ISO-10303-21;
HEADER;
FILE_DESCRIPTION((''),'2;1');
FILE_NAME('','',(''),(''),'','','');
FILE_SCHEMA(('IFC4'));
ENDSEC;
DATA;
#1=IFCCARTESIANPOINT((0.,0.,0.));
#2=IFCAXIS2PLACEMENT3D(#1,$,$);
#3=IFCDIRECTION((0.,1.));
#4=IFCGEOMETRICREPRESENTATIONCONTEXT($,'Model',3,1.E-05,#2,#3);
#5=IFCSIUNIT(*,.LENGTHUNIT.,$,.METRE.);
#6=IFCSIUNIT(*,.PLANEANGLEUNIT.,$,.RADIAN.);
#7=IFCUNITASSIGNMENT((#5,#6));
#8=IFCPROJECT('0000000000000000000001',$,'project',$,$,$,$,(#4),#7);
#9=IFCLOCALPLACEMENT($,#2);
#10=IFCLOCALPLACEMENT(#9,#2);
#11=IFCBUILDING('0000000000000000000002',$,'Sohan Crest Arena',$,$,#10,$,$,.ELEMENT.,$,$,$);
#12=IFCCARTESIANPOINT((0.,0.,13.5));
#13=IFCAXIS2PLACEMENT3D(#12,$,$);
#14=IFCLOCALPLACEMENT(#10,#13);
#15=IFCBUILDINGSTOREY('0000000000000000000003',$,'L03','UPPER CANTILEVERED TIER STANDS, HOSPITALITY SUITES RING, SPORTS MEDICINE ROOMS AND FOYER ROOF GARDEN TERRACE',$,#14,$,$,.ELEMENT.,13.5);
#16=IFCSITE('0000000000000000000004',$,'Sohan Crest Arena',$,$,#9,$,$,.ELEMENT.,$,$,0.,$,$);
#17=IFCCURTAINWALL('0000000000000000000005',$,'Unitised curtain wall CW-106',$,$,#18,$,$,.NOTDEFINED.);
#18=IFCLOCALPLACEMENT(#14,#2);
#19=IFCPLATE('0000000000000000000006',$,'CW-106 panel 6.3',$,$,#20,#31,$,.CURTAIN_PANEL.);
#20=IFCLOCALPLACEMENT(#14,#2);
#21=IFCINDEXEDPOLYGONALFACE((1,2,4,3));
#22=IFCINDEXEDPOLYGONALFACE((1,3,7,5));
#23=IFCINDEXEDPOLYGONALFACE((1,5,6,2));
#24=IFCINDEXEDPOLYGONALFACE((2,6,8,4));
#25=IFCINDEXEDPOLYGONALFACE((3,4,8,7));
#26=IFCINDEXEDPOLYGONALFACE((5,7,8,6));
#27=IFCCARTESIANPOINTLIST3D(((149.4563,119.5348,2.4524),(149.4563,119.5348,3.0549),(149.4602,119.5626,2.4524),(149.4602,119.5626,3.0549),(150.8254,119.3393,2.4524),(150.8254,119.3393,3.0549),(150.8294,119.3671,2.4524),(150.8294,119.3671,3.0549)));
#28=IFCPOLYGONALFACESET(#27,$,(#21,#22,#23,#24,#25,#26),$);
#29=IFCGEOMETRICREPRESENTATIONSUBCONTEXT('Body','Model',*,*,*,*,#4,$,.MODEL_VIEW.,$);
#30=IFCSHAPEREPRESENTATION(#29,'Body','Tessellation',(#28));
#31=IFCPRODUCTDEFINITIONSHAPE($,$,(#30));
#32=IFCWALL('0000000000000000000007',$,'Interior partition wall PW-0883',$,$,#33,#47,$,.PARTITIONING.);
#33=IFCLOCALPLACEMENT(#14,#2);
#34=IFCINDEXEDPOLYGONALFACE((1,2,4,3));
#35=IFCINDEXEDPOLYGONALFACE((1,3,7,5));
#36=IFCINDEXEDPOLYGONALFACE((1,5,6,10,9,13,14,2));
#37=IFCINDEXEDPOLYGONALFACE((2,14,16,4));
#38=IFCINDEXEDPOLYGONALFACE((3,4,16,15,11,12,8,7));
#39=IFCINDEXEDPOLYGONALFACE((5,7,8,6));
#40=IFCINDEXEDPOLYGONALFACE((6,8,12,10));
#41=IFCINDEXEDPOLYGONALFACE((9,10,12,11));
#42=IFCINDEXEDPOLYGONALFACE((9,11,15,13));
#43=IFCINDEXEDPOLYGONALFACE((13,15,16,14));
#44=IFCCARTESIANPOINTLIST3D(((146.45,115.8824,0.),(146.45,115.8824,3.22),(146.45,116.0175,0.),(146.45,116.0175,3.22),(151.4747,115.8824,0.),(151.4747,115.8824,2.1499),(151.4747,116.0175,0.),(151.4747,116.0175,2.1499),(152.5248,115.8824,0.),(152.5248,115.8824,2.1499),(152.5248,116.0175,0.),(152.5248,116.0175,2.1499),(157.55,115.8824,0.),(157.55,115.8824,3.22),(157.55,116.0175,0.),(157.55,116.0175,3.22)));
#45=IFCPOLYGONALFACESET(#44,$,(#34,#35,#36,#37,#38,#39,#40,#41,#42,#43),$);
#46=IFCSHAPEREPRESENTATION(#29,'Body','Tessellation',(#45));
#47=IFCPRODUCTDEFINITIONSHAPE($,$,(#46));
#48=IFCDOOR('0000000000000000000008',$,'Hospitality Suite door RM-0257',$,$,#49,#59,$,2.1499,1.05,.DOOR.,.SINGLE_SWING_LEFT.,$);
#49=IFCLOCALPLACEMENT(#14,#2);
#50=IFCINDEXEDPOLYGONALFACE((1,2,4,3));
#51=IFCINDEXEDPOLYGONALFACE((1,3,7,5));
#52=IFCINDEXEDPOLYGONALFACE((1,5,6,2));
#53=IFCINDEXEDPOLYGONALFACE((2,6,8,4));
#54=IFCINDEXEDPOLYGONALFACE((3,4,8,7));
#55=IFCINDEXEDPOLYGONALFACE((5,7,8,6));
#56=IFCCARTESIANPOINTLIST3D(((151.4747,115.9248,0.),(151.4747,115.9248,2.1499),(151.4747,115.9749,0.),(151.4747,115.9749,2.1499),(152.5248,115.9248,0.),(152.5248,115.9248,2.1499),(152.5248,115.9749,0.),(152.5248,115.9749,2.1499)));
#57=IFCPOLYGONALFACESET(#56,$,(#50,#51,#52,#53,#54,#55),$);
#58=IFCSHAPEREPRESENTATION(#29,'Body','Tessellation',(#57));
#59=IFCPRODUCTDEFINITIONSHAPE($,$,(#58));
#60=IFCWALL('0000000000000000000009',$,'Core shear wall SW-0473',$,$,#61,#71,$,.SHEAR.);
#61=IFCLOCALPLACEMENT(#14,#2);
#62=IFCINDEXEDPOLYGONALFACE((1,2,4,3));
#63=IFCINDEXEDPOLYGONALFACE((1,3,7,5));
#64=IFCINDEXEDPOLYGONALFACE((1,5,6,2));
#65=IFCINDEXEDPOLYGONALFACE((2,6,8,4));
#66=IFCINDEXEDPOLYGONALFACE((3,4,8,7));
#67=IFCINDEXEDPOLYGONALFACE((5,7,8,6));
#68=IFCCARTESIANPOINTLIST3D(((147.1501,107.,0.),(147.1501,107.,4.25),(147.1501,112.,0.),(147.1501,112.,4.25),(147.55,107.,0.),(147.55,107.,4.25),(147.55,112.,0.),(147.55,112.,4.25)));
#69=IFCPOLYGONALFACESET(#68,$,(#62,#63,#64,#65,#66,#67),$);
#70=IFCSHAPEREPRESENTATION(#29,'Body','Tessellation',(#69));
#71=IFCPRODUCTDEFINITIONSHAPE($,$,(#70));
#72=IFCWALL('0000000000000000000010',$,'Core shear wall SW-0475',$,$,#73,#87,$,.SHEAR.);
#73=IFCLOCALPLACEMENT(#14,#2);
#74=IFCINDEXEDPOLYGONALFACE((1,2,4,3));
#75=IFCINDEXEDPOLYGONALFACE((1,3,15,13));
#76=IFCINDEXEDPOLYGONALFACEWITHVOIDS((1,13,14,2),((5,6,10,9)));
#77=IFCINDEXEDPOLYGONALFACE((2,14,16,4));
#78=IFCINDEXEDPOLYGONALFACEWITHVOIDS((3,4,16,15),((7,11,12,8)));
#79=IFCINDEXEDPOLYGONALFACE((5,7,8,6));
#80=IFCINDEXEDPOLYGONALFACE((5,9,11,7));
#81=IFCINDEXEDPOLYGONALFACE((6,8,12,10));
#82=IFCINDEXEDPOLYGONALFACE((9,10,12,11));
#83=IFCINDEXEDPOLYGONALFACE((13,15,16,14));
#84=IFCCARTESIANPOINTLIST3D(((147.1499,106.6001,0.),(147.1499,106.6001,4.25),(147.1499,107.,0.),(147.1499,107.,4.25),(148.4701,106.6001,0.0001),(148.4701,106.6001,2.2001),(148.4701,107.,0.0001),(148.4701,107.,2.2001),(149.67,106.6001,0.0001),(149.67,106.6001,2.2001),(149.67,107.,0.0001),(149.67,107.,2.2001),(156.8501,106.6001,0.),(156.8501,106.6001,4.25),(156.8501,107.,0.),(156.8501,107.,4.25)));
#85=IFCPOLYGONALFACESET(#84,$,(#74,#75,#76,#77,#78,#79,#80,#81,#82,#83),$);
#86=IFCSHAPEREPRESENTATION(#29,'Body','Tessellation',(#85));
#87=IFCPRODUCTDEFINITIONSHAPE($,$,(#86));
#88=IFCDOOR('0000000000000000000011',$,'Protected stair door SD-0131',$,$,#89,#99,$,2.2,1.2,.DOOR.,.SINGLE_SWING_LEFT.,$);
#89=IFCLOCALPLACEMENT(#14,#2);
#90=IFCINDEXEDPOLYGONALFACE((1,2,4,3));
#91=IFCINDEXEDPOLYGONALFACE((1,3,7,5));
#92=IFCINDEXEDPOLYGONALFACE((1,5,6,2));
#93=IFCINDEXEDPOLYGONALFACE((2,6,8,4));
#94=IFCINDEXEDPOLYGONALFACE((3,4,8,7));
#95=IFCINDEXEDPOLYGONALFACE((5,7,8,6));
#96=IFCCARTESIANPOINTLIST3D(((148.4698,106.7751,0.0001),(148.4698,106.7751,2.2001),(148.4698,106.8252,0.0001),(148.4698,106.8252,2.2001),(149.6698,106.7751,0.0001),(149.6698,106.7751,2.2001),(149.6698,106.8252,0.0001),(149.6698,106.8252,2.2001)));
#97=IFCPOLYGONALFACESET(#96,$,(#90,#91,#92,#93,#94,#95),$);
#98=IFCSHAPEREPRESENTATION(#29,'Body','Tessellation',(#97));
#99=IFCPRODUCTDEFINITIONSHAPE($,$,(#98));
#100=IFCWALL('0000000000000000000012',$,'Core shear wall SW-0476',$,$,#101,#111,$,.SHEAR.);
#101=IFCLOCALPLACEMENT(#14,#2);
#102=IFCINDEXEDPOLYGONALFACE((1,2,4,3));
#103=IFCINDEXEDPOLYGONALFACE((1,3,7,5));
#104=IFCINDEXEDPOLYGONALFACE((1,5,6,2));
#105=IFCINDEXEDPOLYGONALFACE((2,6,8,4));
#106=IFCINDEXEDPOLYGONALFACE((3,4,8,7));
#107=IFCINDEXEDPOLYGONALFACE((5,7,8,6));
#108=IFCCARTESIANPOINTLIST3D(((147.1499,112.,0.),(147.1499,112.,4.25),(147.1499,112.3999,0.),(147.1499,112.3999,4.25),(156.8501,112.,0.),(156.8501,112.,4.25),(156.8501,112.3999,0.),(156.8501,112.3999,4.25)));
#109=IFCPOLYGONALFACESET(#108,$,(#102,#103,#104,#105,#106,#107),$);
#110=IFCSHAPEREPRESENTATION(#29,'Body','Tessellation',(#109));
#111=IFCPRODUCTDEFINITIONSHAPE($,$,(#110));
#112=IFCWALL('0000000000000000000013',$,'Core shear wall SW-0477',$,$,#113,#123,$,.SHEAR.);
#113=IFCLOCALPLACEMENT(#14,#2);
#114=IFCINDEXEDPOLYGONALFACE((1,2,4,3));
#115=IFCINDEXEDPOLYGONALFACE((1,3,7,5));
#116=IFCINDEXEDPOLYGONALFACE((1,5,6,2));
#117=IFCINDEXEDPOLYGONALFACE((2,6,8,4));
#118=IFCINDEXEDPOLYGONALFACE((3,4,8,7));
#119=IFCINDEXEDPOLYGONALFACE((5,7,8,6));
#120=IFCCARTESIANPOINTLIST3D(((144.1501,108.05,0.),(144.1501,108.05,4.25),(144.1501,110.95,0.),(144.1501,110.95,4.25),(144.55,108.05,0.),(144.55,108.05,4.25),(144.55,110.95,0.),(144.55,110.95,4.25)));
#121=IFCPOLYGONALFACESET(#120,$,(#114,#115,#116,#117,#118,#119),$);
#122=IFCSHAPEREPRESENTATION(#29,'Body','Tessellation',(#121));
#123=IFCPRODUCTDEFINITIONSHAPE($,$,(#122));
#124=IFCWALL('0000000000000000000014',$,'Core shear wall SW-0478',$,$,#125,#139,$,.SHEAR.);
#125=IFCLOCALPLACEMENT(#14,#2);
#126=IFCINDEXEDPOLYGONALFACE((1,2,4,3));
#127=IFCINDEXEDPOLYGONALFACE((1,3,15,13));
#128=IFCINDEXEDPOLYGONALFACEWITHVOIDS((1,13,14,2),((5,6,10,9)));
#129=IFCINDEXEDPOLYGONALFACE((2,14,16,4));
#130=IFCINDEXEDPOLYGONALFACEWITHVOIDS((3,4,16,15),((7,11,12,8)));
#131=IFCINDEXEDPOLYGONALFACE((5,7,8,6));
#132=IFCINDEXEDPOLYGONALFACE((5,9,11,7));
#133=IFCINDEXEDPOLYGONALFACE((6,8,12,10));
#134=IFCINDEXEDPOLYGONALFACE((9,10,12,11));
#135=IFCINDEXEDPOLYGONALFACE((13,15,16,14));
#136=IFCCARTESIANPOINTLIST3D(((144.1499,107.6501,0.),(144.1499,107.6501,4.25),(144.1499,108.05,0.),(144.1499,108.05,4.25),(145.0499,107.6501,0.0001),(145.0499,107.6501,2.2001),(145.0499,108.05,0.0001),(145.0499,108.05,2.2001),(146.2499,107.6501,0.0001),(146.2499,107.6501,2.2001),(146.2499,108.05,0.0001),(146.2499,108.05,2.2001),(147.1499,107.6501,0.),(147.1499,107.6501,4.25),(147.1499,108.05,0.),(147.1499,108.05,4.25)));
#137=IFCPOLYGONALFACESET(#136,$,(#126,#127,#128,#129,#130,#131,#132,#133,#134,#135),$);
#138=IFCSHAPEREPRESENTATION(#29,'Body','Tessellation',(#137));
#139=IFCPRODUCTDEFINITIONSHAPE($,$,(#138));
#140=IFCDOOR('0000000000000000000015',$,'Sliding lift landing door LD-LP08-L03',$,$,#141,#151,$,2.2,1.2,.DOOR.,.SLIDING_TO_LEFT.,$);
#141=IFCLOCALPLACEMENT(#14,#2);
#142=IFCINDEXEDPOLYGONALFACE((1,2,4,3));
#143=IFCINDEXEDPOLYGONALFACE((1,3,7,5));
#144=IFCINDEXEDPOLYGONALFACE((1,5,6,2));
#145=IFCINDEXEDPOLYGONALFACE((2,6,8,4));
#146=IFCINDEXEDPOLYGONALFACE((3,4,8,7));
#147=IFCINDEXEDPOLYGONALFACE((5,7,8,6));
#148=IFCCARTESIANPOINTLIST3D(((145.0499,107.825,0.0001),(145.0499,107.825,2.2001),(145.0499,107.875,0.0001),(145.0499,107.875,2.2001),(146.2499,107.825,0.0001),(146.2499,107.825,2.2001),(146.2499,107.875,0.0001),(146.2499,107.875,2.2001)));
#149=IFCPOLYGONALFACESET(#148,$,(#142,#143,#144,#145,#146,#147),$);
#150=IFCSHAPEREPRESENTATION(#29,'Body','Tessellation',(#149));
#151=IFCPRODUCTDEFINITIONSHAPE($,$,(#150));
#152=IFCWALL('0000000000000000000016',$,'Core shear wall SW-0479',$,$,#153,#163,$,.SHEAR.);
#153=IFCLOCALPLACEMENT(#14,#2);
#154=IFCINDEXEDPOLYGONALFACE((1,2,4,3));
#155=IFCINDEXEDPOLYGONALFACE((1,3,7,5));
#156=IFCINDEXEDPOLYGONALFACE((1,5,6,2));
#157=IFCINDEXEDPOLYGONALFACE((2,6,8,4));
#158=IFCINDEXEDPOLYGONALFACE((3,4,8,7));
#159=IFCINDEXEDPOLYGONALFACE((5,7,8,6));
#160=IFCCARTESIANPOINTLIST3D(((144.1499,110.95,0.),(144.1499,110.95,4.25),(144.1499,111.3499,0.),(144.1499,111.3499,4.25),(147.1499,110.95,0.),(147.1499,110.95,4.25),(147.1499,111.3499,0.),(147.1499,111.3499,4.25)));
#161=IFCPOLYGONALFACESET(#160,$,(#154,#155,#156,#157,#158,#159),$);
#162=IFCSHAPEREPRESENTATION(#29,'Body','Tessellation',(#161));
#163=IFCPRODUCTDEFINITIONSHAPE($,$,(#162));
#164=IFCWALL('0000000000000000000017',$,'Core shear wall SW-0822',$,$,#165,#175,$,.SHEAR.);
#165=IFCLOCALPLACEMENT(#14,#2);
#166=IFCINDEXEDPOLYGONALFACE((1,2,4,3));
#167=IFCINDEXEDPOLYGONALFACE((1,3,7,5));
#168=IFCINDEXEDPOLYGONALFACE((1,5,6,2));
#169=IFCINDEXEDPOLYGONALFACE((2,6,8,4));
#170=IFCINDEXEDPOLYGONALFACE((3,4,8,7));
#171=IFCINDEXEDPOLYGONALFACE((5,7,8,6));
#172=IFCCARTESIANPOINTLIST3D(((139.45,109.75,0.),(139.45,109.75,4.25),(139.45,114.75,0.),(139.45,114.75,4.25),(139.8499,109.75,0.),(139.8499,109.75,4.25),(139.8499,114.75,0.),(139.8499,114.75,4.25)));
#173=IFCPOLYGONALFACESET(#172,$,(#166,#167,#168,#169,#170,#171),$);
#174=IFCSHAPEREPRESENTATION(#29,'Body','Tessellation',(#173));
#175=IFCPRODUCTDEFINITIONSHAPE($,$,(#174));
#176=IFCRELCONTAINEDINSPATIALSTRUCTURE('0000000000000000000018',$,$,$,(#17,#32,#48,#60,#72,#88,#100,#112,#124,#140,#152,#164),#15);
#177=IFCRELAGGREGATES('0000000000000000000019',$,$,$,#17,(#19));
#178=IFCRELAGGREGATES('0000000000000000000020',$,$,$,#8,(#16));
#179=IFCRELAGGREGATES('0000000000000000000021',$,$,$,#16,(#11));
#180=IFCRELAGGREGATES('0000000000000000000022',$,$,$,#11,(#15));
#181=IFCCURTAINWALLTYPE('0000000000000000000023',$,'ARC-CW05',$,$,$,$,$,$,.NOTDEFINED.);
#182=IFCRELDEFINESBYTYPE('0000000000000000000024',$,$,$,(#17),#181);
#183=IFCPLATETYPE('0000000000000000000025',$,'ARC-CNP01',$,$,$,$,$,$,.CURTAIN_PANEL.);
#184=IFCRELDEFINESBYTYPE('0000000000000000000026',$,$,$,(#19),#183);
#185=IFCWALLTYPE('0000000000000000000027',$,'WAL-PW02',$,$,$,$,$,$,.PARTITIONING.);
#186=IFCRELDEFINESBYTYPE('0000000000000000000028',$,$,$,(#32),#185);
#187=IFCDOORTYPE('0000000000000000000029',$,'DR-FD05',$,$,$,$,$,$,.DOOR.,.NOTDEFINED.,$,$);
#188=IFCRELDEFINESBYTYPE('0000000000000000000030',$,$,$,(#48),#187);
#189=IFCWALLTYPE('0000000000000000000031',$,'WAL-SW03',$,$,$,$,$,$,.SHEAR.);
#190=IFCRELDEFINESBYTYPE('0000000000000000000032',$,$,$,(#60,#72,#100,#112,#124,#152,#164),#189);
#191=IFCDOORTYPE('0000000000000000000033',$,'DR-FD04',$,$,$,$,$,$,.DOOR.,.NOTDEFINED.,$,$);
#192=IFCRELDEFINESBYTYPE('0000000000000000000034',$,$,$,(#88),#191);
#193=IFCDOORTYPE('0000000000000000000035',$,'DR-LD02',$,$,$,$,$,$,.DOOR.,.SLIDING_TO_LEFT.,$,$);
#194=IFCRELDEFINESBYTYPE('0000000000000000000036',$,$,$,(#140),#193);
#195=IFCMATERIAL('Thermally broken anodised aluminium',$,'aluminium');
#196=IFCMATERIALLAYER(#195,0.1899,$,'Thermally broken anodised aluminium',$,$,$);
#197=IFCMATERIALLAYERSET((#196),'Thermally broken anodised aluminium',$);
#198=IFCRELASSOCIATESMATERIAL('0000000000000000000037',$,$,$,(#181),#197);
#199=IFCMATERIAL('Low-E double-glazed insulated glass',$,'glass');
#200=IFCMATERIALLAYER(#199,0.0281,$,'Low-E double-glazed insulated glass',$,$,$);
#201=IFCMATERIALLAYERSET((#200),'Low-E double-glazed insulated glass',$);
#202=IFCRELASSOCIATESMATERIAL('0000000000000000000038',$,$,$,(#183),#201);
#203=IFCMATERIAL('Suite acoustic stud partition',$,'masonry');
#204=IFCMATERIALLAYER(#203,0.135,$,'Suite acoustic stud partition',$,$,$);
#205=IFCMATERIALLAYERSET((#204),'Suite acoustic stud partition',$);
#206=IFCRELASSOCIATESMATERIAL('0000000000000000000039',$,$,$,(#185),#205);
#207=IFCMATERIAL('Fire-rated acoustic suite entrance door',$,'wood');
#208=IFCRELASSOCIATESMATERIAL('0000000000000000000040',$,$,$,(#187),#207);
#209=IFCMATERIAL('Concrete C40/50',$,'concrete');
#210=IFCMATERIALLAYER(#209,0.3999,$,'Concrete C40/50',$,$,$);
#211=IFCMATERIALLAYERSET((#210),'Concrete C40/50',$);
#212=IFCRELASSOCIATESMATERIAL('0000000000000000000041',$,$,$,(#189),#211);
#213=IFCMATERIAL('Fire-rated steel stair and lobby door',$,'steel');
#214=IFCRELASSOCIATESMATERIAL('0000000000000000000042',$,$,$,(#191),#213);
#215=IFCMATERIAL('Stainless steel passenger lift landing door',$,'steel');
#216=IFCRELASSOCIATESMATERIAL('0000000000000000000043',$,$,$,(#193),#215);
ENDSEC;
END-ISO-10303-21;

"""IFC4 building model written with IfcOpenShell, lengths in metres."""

from ifc_helpers import new_model, si_unit, direction, frame, frame_2d, origin, origin_2d, place, context, subcontext, project, spatial, rectangle, extrude, material, layer, layer_set, type_object, element, fill, aggregate, save


model = new_model("IFC4")

# Units and contexts
model_context = context("Model", 3, precision=1e-05, world=origin(), true_north=direction((0.0, 1.0)))
body_context = subcontext(model_context, "Body", "Model", "MODEL_VIEW")
ifc_project = project(units=[si_unit("LENGTHUNIT", "METRE"), si_unit("PLANEANGLEUNIT", "RADIAN")], contexts=[model_context])

# Site, building, storey
site_placement = place(None, origin())
site = spatial("IfcSite", under=ifc_project, at=site_placement, Name="Sohan Crest Arena", CompositionType="ELEMENT", RefElevation=0.0)
building_placement = place(site_placement, origin())
building = spatial("IfcBuilding", under=site, at=building_placement, Name="Sohan Crest Arena", CompositionType="ELEMENT")
storey_placement = place(building_placement, frame((0.0, 0.0, 13.5)))
storey = spatial("IfcBuildingStorey", under=building, at=storey_placement, Name="L03", Description="UPPER CANTILEVERED TIER STANDS, HOSPITALITY SUITES RING, SPORTS MEDICINE ROOMS AND FOYER ROOF GARDEN TERRACE", CompositionType="ELEMENT", Elevation=13.5)

# Curtain wall
ifc_material_1 = material(Name="Thermally broken anodised aluminium", Category="aluminium")
ifc_layer_1 = layer(ifc_material_1, 0.1899, Name="Thermally broken anodised aluminium")
ifc_layer_set_1 = layer_set([ifc_layer_1], Name="Thermally broken anodised aluminium")
curtain_wall_type = type_object("IfcCurtainWallType", Name="ARC-CW05", PredefinedType="NOTDEFINED", material=ifc_layer_set_1)
curtain_wall_placement = place(storey_placement, origin())
curtain_wall = element("IfcCurtainWall", 1, at=curtain_wall_placement, inside=storey, type_object=curtain_wall_type, Name="Unitised curtain wall CW-106", PredefinedType="NOTDEFINED")

# Plate
ifc_material_2 = material(Name="Low-E double-glazed insulated glass", Category="glass")
ifc_layer_2 = layer(ifc_material_2, 0.0281, Name="Low-E double-glazed insulated glass")
ifc_layer_set_2 = layer_set([ifc_layer_2], Name="Low-E double-glazed insulated glass")
plate_type = type_object("IfcPlateType", Name="ARC-CNP01", PredefinedType="CURTAIN_PANEL", material=ifc_layer_set_2)
plate_1_placement = place(storey_placement, frame((150.1428, 119.4509, 2.4524), z_axis=(0.0, 0.0, 1.0), x_axis=(-0.989957, 0.141366, 0.0)))
plate_1 = element("IfcPlate", 2, at=plate_1_placement, type_object=plate_type, Name="CW-106 panel 6.3", PredefinedType="CURTAIN_PANEL", context=body_context, shape_type="SweptSolid", body=[
    extrude(rectangle(XDim=1.3831, YDim=0.0281, at=origin_2d()), origin(), (0.0, 0.0, 1.0), 0.6025),
])
aggregate(curtain_wall, [plate_1])

# Wall, opening, door
ifc_material_3 = material(Name="Suite acoustic stud partition", Category="masonry")
ifc_layer_3 = layer(ifc_material_3, 0.135, Name="Suite acoustic stud partition")
ifc_layer_set_3 = layer_set([ifc_layer_3], Name="Suite acoustic stud partition")
wall_type_1 = type_object("IfcWallType", Name="WAL-PW02", PredefinedType="PARTITIONING", material=ifc_layer_set_3)
wall_1_placement = place(storey_placement, frame((146.45, 115.95, 0.0), z_axis=(0.0, 0.0, 1.0), x_axis=(1.0, 0.0, 0.0)))
wall_1 = element("IfcWall", 3, at=wall_1_placement, inside=storey, type_object=wall_type_1, Name="Interior partition wall PW-0883", PredefinedType="PARTITIONING", context=body_context, shape_type="SweptSolid", body=[
    extrude(rectangle(XDim=11.1001, YDim=0.135, at=frame_2d((5.55, 0.0))), origin(), (0.0, 0.0, 1.0), 3.22),
])
opening_1_placement = place(wall_1_placement, frame((5.0249, 0.0, 0.0)))
opening_1 = element("IfcOpeningElement", 4, at=opening_1_placement, cuts=wall_1, PredefinedType="OPENING", context=body_context, shape_type="SweptSolid", body=[
    extrude(rectangle(XDim=1.05, YDim=2.1499, at=frame_2d((0.5249, 1.075))), frame((0.0, 0.0774, 0.0), z_axis=(0.0, -1.0, 0.0), x_axis=(1.0, 0.0, 0.0)), (0.0, 0.0, 1.0), 0.155),
])
ifc_material_4 = material(Name="Fire-rated acoustic suite entrance door", Category="wood")
door_type_1 = type_object("IfcDoorType", Name="DR-FD05", OperationType="NOTDEFINED", PredefinedType="DOOR", material=ifc_material_4)
door_1_placement = place(opening_1_placement, origin())
door_1 = element("IfcDoor", 5, at=door_1_placement, inside=storey, type_object=door_type_1, Name="Hospitality Suite door RM-0257", OperationType="SINGLE_SWING_LEFT", OverallHeight=2.1499, OverallWidth=1.05, PredefinedType="DOOR", context=body_context, shape_type="SweptSolid", body=[
    extrude(rectangle(XDim=1.05, YDim=2.1499, at=frame_2d((0.5249, 1.075))), frame((0.0, 0.0249, 0.0), z_axis=(0.0, -1.0, 0.0), x_axis=(1.0, 0.0, 0.0)), (0.0, 0.0, 1.0), 0.05),
])
fill(opening_1, door_1)

# Wall
ifc_material_5 = material(Name="Concrete C40/50", Category="concrete")
ifc_layer_4 = layer(ifc_material_5, 0.3999, Name="Concrete C40/50")
ifc_layer_set_4 = layer_set([ifc_layer_4], Name="Concrete C40/50")
wall_type_2 = type_object("IfcWallType", Name="WAL-SW03", PredefinedType="SHEAR", material=ifc_layer_set_4)
wall_2_placement = place(storey_placement, frame((147.3501, 107.0, 0.0), z_axis=(0.0, 0.0, 1.0), x_axis=(0.0, 1.0, 0.0)))
element("IfcWall", 6, at=wall_2_placement, inside=storey, type_object=wall_type_2, Name="Core shear wall SW-0473", PredefinedType="SHEAR", context=body_context, shape_type="SweptSolid", body=[
    extrude(rectangle(XDim=5.0, YDim=0.3999, at=frame_2d((2.5, 0.0))), origin(), (0.0, 0.0, 1.0), 4.25),
])

# Wall, opening, door
wall_3_placement = place(storey_placement, frame((147.1499, 106.8, 0.0), z_axis=(0.0, 0.0, 1.0), x_axis=(1.0, 0.0, 0.0)))
wall_3 = element("IfcWall", 7, at=wall_3_placement, inside=storey, type_object=wall_type_2, Name="Core shear wall SW-0475", PredefinedType="SHEAR", context=body_context, shape_type="SweptSolid", body=[
    extrude(rectangle(XDim=9.7002, YDim=0.3999, at=frame_2d((4.8501, 0.0))), origin(), (0.0, 0.0, 1.0), 4.25),
])
opening_2_placement = place(wall_3_placement, frame((1.3201, 0.0, 0.0)))
opening_2 = element("IfcOpeningElement", 8, at=opening_2_placement, cuts=wall_3, PredefinedType="OPENING", context=body_context, shape_type="SweptSolid", body=[
    extrude(rectangle(XDim=1.2, YDim=2.2, at=frame_2d((0.6001, 1.1001))), frame((0.0, 0.21, 0.0), z_axis=(0.0, -1.0, 0.0), x_axis=(1.0, 0.0, 0.0)), (0.0, 0.0, 1.0), 0.4199),
])
ifc_material_6 = material(Name="Fire-rated steel stair and lobby door", Category="steel")
door_type_2 = type_object("IfcDoorType", Name="DR-FD04", OperationType="NOTDEFINED", PredefinedType="DOOR", material=ifc_material_6)
door_2_placement = place(opening_2_placement, frame((1.2, 0.0, 0.0), z_axis=(0.0, 0.0, 1.0), x_axis=(-1.0, 0.0, 0.0)))
door_2 = element("IfcDoor", 9, at=door_2_placement, inside=storey, type_object=door_type_2, Name="Protected stair door SD-0131", OperationType="SINGLE_SWING_LEFT", OverallHeight=2.2, OverallWidth=1.2, PredefinedType="DOOR", context=body_context, shape_type="SweptSolid", body=[
    extrude(rectangle(XDim=1.2, YDim=2.2, at=frame_2d((0.6001, 1.1001))), frame((0.0, 0.0249, 0.0), z_axis=(0.0, -1.0, 0.0), x_axis=(1.0, 0.0, 0.0)), (0.0, 0.0, 1.0), 0.05),
])
fill(opening_2, door_2)

# Walls
wall_4_placement = place(storey_placement, frame((147.1499, 112.2, 0.0), z_axis=(0.0, 0.0, 1.0), x_axis=(1.0, 0.0, 0.0)))
element("IfcWall", 10, at=wall_4_placement, inside=storey, type_object=wall_type_2, Name="Core shear wall SW-0476", PredefinedType="SHEAR", context=body_context, shape_type="SweptSolid", body=[
    extrude(rectangle(XDim=9.7002, YDim=0.3999, at=frame_2d((4.8501, 0.0))), origin(), (0.0, 0.0, 1.0), 4.25),
])
wall_5_placement = place(storey_placement, frame((144.3501, 108.05, 0.0), z_axis=(0.0, 0.0, 1.0), x_axis=(0.0, 1.0, 0.0)))
element("IfcWall", 11, at=wall_5_placement, inside=storey, type_object=wall_type_2, Name="Core shear wall SW-0477", PredefinedType="SHEAR", context=body_context, shape_type="SweptSolid", body=[
    extrude(rectangle(XDim=2.8999, YDim=0.3999, at=frame_2d((1.45, 0.0))), origin(), (0.0, 0.0, 1.0), 4.25),
])

# Wall, opening, door
wall_6_placement = place(storey_placement, frame((144.1499, 107.8501, 0.0), z_axis=(0.0, 0.0, 1.0), x_axis=(1.0, 0.0, 0.0)))
wall_6 = element("IfcWall", 12, at=wall_6_placement, inside=storey, type_object=wall_type_2, Name="Core shear wall SW-0478", PredefinedType="SHEAR", context=body_context, shape_type="SweptSolid", body=[
    extrude(rectangle(XDim=3.0, YDim=0.3999, at=frame_2d((1.5, 0.0))), origin(), (0.0, 0.0, 1.0), 4.25),
])
opening_3_placement = place(wall_6_placement, frame((0.8999, 0.0, 0.0)))
opening_3 = element("IfcOpeningElement", 13, at=opening_3_placement, cuts=wall_6, PredefinedType="OPENING", context=body_context, shape_type="SweptSolid", body=[
    extrude(rectangle(XDim=1.2, YDim=2.2, at=frame_2d((0.6001, 1.1001))), frame((0.0, 0.21, 0.0), z_axis=(0.0, -1.0, 0.0), x_axis=(1.0, 0.0, 0.0)), (0.0, 0.0, 1.0), 0.4199),
])
ifc_material_7 = material(Name="Stainless steel passenger lift landing door", Category="steel")
door_type_3 = type_object("IfcDoorType", Name="DR-LD02", OperationType="SLIDING_TO_LEFT", PredefinedType="DOOR", material=ifc_material_7)
door_3_placement = place(opening_3_placement, origin())
door_3 = element("IfcDoor", 14, at=door_3_placement, inside=storey, type_object=door_type_3, Name="Sliding lift landing door LD-LP08-L03", OperationType="SLIDING_TO_LEFT", OverallHeight=2.2, OverallWidth=1.2, PredefinedType="DOOR", context=body_context, shape_type="SweptSolid", body=[
    extrude(rectangle(XDim=1.2, YDim=2.2, at=frame_2d((0.6001, 1.1001))), frame((0.0, 0.0249, 0.0), z_axis=(0.0, -1.0, 0.0), x_axis=(1.0, 0.0, 0.0)), (0.0, 0.0, 1.0), 0.05),
])
fill(opening_3, door_3)

# Walls
wall_7_placement = place(storey_placement, frame((144.1499, 111.1499, 0.0), z_axis=(0.0, 0.0, 1.0), x_axis=(1.0, 0.0, 0.0)))
element("IfcWall", 15, at=wall_7_placement, inside=storey, type_object=wall_type_2, Name="Core shear wall SW-0479", PredefinedType="SHEAR", context=body_context, shape_type="SweptSolid", body=[
    extrude(rectangle(XDim=3.0, YDim=0.3999, at=frame_2d((1.5, 0.0))), origin(), (0.0, 0.0, 1.0), 4.25),
])
wall_8_placement = place(storey_placement, frame((139.6499, 109.75, 0.0), z_axis=(0.0, 0.0, 1.0), x_axis=(0.0, 1.0, 0.0)))
element("IfcWall", 16, at=wall_8_placement, inside=storey, type_object=wall_type_2, Name="Core shear wall SW-0822", PredefinedType="SHEAR", context=body_context, shape_type="SweptSolid", body=[
    extrude(rectangle(XDim=5.0, YDim=0.3999, at=frame_2d((2.5, 0.0))), origin(), (0.0, 0.0, 1.0), 4.25),
])

save(model, "model.ifc")
